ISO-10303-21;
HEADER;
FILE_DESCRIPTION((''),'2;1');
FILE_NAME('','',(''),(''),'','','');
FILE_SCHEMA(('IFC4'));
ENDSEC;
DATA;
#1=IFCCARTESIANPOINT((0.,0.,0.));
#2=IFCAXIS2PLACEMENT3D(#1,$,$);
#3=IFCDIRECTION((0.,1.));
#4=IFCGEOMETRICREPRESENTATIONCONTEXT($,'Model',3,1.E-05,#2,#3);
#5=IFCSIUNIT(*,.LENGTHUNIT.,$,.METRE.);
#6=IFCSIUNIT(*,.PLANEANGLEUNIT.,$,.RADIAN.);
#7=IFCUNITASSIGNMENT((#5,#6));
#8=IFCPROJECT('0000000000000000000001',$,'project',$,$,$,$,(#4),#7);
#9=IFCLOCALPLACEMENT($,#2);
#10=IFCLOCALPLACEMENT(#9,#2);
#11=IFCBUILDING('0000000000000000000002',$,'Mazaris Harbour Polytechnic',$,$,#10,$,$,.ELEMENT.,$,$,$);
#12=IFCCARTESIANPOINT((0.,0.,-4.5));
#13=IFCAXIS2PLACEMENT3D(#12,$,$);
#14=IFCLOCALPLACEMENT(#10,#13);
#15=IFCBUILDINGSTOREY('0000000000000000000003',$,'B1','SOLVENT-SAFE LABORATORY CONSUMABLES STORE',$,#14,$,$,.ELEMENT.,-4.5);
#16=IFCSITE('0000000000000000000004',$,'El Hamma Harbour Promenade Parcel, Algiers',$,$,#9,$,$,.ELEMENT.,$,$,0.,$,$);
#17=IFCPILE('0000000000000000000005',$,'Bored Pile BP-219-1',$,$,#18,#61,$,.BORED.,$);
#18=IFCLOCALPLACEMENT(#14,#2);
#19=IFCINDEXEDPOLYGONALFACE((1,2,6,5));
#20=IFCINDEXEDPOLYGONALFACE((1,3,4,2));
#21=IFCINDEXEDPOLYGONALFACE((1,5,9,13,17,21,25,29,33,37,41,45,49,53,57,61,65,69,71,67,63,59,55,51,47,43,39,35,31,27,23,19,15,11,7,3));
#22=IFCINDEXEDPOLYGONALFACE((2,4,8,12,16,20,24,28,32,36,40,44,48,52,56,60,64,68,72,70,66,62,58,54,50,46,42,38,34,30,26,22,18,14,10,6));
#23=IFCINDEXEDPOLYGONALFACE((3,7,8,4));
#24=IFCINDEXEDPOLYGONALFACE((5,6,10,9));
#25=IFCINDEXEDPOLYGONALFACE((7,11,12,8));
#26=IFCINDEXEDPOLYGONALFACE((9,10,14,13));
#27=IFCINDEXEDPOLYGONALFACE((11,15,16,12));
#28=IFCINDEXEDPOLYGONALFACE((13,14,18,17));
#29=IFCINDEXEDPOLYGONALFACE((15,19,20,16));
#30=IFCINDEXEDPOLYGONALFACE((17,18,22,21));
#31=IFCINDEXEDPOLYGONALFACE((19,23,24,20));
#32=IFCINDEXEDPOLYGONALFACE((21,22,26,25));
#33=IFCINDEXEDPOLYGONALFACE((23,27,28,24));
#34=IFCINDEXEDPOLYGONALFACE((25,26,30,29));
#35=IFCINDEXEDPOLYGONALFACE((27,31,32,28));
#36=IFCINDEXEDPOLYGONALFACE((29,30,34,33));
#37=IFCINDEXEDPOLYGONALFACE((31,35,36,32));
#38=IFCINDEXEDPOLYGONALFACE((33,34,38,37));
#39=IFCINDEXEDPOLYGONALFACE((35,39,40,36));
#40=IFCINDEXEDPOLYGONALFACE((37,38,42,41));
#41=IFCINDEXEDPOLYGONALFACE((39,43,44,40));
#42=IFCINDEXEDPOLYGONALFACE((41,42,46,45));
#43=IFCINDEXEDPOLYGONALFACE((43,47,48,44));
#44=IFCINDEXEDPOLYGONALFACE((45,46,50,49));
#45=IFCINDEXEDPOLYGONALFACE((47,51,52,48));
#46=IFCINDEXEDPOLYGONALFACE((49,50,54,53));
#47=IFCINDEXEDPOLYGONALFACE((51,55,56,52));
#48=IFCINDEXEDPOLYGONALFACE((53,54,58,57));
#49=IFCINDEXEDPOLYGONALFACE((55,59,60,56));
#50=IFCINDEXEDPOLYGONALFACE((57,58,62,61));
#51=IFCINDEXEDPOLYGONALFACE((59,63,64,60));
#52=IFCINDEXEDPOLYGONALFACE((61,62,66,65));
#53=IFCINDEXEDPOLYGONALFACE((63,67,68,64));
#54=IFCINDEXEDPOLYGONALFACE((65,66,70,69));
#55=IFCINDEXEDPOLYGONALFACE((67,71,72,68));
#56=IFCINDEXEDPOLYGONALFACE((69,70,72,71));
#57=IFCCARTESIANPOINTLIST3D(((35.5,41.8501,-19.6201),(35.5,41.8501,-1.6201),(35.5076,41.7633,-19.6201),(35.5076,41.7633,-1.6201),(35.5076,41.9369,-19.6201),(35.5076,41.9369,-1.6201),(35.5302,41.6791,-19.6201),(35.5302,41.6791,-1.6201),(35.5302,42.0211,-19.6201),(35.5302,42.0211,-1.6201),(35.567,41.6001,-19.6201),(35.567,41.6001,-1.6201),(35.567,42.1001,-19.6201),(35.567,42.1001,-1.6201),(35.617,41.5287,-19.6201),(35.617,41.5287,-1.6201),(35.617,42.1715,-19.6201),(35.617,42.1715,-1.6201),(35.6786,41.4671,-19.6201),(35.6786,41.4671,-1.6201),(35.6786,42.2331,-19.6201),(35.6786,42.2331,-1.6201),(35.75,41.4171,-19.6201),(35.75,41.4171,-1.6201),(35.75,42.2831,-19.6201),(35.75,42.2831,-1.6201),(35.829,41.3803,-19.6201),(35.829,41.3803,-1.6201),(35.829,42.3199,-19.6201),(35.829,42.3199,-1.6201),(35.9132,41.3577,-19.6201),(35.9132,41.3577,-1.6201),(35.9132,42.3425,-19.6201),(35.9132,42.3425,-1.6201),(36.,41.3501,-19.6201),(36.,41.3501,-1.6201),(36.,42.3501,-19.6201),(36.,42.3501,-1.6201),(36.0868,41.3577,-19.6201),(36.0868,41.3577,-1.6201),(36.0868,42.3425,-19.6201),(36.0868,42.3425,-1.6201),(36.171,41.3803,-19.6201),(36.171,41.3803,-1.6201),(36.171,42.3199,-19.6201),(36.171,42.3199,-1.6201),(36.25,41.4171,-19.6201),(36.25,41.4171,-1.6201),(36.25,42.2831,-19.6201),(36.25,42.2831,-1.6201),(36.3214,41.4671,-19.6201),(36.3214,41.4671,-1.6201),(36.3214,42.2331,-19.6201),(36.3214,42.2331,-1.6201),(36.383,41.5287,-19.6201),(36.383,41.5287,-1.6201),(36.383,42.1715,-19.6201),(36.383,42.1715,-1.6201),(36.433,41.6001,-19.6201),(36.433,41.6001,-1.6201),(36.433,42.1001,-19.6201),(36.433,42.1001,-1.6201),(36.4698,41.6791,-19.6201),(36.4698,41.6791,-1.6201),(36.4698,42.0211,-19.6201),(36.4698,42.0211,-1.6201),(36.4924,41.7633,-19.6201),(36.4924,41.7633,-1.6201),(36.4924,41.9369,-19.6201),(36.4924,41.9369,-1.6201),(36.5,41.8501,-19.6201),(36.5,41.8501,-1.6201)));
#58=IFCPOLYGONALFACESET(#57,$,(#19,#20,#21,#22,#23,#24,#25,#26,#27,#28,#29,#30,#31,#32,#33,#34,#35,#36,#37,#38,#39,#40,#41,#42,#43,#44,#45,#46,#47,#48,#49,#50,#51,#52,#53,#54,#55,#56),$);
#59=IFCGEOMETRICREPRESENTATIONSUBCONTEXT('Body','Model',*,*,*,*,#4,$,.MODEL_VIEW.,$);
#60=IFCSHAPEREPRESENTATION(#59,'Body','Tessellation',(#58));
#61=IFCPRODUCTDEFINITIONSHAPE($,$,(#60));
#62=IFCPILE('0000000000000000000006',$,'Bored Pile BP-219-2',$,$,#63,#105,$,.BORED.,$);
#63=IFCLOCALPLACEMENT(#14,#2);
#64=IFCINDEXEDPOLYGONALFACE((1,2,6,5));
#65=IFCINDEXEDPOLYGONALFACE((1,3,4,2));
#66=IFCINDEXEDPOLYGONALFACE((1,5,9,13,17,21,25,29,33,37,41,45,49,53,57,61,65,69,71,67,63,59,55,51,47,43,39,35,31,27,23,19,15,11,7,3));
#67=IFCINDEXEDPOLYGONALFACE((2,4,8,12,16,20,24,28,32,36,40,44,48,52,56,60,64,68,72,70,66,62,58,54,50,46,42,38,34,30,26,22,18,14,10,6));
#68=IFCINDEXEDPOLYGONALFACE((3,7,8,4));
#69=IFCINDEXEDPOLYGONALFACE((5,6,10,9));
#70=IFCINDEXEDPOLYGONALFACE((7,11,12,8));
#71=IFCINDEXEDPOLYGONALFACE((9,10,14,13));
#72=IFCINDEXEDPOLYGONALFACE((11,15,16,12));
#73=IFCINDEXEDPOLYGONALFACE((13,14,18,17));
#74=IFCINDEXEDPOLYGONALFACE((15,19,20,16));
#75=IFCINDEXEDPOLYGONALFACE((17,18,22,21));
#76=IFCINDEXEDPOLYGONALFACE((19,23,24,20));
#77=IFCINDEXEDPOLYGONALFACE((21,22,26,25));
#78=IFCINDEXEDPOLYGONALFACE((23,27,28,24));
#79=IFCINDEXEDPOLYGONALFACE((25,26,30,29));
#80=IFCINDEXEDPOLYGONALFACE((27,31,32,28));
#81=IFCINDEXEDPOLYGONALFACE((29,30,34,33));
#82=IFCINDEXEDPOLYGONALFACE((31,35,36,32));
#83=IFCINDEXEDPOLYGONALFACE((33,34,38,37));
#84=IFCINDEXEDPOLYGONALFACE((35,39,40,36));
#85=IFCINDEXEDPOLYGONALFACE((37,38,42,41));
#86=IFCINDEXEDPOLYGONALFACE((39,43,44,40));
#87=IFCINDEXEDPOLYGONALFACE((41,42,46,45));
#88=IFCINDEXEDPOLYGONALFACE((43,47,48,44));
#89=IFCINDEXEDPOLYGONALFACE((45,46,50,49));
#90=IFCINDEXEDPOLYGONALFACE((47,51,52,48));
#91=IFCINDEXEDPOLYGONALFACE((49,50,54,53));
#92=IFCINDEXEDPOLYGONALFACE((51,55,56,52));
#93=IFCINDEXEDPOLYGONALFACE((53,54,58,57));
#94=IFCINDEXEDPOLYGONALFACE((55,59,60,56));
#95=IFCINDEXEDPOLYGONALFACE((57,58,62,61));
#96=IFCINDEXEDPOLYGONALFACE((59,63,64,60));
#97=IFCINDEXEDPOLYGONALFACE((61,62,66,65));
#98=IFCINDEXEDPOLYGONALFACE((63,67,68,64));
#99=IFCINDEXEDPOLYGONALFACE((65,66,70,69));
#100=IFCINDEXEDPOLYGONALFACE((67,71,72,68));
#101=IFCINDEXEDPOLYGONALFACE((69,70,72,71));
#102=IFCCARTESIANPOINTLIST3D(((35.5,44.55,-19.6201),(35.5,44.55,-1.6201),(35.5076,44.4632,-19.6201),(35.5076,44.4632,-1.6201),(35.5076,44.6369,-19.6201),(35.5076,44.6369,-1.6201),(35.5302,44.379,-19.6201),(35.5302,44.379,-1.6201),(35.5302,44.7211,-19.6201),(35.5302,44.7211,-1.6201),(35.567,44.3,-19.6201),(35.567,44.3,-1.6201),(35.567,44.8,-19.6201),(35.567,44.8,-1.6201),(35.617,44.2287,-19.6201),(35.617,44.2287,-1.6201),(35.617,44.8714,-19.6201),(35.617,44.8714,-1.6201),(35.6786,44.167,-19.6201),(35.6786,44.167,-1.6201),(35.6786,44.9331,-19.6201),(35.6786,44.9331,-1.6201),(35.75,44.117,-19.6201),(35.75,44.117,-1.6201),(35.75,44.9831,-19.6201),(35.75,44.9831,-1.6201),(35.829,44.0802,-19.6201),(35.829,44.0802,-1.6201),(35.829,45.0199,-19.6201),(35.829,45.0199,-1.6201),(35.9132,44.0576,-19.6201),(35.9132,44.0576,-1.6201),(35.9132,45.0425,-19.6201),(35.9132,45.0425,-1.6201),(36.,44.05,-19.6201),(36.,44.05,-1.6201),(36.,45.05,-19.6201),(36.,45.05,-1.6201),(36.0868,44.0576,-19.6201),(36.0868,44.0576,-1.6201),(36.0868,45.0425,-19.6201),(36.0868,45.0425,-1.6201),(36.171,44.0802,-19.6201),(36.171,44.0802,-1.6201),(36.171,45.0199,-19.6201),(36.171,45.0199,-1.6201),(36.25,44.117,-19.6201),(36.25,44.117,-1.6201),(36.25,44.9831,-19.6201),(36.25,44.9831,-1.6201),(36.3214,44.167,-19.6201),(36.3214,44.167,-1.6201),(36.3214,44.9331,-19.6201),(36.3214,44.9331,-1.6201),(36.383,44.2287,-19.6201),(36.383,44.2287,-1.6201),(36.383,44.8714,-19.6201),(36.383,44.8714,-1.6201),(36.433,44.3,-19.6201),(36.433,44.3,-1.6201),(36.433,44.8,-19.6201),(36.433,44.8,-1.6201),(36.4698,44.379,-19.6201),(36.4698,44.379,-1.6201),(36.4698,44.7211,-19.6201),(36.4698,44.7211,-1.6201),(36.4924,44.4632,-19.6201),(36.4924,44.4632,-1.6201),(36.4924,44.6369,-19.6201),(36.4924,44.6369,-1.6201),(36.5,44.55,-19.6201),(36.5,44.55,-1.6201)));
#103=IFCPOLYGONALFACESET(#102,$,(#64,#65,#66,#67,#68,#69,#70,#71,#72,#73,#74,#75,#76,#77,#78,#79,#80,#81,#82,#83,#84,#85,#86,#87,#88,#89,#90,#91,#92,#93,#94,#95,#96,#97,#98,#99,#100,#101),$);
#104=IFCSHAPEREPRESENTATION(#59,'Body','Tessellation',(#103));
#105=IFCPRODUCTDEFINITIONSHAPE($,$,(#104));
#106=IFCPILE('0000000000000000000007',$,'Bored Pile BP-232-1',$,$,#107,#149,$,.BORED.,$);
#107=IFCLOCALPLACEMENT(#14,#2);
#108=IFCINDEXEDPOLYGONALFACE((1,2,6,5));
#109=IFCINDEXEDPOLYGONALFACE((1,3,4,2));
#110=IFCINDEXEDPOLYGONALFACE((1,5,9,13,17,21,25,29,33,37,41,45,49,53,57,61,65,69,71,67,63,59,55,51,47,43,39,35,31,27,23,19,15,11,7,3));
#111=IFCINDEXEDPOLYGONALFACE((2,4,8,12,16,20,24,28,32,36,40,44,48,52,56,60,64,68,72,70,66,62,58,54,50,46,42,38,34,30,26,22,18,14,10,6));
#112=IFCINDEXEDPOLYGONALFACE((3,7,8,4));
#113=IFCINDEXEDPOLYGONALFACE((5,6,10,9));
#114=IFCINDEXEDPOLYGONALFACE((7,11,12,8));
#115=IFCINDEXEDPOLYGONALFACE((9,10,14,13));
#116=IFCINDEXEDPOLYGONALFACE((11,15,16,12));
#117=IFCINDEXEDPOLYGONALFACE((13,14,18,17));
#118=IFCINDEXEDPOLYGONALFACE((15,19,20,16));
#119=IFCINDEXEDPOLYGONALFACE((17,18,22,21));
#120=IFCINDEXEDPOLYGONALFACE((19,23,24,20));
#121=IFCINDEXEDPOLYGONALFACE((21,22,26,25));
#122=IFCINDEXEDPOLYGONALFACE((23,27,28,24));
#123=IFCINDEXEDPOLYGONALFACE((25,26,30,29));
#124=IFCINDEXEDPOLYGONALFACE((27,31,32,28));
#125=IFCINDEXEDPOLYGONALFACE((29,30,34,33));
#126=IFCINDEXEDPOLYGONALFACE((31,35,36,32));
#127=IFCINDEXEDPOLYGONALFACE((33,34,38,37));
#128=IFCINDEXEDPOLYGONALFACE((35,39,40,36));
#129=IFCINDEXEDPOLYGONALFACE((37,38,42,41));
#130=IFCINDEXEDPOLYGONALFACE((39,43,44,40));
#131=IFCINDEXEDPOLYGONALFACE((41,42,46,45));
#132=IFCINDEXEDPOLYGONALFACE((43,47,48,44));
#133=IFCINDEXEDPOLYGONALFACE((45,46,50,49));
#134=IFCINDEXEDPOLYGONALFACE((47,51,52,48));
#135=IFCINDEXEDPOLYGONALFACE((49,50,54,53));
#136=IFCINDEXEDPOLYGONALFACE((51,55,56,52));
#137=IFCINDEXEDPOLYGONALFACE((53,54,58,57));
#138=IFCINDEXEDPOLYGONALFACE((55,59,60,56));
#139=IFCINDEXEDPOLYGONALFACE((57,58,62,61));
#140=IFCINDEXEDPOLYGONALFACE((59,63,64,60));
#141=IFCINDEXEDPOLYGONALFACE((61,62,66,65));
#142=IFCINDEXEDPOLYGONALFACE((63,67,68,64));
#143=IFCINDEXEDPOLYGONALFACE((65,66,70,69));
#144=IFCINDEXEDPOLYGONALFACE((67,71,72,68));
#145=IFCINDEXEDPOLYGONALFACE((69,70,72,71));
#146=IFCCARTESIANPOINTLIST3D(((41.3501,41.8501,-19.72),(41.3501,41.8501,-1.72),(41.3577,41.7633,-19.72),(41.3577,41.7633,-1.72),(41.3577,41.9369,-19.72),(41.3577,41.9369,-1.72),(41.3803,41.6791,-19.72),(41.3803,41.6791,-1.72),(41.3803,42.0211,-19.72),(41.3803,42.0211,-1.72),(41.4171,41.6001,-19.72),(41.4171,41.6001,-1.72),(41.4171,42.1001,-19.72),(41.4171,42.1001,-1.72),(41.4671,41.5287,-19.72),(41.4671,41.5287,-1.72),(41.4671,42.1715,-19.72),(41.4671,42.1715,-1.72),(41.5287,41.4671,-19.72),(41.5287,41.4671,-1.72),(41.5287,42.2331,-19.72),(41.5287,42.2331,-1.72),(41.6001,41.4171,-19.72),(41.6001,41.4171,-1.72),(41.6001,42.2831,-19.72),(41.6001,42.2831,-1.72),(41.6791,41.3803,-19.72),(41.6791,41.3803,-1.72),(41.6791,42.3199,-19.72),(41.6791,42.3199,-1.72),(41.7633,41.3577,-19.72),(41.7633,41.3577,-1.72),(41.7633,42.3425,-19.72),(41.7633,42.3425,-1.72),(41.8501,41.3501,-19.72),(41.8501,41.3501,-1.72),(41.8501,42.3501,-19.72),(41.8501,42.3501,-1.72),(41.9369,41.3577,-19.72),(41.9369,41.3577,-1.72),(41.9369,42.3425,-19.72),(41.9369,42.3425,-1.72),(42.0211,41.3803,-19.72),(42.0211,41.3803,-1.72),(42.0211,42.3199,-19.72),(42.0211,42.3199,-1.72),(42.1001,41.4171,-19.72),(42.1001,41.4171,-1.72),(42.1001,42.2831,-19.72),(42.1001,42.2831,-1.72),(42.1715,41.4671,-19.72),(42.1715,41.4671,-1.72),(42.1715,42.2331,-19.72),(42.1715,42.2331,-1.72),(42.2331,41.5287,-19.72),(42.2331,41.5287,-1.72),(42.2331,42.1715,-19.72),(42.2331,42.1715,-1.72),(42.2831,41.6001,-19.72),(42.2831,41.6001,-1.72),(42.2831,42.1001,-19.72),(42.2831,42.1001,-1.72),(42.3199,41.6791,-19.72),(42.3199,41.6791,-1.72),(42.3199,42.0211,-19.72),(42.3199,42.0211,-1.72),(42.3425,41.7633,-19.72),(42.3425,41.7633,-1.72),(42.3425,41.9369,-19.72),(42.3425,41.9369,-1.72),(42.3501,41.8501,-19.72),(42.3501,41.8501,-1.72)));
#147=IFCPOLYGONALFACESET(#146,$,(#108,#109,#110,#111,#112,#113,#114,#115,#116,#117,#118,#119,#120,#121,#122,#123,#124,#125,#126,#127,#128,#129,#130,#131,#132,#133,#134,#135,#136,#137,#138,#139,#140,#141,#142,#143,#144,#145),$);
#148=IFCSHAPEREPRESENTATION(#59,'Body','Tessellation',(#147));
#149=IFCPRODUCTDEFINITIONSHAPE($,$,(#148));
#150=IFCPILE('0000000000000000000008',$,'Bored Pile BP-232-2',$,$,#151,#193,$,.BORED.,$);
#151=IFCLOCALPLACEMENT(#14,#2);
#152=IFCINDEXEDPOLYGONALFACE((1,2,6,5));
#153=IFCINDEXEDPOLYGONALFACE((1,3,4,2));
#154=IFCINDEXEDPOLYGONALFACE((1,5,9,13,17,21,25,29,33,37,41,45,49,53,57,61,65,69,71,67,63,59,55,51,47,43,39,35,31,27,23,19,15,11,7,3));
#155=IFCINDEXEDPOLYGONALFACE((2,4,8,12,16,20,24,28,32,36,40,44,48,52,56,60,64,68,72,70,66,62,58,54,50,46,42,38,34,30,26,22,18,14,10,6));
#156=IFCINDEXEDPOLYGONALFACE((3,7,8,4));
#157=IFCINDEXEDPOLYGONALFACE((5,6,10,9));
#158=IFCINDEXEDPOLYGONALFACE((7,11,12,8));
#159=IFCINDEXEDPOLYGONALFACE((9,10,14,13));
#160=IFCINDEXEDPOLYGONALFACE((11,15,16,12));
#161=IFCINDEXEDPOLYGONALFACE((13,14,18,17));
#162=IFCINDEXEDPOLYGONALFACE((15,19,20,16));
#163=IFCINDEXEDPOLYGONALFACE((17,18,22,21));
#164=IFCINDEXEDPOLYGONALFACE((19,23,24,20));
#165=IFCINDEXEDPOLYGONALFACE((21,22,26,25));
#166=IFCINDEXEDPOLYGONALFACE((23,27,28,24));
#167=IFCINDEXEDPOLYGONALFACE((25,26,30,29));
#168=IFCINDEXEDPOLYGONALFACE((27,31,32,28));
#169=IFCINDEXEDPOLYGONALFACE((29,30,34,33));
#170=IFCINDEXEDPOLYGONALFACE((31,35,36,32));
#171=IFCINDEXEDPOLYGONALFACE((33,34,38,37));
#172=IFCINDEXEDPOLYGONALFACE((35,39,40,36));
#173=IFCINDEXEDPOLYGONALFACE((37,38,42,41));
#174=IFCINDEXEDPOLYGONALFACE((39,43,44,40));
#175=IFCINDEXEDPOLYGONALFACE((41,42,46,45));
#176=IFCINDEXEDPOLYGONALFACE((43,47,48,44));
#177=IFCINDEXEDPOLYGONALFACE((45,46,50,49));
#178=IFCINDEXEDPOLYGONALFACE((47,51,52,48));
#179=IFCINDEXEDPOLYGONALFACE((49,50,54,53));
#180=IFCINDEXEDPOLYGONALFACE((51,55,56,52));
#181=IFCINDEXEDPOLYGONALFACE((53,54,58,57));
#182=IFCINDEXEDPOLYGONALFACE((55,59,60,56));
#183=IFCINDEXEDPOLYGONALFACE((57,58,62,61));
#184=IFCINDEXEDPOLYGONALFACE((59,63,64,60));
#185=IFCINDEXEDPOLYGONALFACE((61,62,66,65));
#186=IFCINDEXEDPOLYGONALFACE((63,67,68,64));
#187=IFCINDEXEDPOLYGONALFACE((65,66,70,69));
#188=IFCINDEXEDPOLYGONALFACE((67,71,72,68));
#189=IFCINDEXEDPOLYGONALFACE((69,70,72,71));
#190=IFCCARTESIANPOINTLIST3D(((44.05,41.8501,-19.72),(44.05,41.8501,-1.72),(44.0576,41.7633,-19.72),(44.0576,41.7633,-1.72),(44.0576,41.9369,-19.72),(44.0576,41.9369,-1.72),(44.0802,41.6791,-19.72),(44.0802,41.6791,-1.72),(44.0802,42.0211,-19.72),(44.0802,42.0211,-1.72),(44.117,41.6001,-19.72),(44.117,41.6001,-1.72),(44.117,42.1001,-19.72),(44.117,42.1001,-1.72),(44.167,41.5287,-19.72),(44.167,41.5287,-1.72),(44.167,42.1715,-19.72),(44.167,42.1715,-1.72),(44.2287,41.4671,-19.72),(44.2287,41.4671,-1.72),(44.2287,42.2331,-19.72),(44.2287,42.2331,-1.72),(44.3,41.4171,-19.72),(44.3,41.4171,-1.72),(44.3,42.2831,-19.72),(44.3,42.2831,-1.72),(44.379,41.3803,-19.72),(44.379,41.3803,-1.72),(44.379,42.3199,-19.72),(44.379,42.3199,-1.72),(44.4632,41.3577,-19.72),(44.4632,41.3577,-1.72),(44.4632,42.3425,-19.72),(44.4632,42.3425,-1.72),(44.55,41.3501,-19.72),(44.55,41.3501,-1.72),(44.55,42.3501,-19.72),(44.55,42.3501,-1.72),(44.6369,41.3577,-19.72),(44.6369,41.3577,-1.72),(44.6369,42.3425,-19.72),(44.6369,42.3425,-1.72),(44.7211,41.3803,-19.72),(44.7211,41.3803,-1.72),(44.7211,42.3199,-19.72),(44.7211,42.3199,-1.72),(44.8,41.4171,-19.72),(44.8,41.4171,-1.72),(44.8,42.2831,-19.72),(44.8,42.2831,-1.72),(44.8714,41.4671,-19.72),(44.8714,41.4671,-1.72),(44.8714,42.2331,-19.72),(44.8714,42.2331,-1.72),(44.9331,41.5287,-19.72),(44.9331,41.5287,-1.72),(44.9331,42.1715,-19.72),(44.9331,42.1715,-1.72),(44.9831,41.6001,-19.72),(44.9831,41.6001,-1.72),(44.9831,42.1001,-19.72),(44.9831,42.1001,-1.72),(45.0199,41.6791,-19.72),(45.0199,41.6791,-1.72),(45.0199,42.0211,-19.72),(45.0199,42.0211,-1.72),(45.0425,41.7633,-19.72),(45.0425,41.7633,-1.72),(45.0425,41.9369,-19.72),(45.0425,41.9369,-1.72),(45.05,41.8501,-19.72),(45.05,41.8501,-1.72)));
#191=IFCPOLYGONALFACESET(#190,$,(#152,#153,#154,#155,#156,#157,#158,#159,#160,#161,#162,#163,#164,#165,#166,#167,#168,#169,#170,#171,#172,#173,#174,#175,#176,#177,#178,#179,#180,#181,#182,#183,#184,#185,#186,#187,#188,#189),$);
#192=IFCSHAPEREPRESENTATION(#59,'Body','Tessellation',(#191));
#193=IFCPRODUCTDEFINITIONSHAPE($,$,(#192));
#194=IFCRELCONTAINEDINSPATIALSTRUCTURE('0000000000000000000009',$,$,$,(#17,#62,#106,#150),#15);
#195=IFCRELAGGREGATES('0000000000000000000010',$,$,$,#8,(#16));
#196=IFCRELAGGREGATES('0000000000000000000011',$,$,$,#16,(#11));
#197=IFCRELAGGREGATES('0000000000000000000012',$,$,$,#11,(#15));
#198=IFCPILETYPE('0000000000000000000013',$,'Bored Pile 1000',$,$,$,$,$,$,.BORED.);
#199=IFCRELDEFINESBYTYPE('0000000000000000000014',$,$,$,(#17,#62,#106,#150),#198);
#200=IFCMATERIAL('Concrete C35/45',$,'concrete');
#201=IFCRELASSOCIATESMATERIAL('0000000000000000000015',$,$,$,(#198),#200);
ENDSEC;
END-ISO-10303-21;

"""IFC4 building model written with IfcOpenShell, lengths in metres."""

from ifc_helpers import new_model, si_unit, direction, frame, origin, origin_2d, place, context, subcontext, project, spatial, circle, extrude, material, material_profile, profile_set, type_object, element, save


model = new_model("IFC4")

# Units and contexts
model_context = context("Model", 3, precision=1e-05, world=origin(), true_north=direction((0.0, 1.0)))
body_context = subcontext(model_context, "Body", "Model", "MODEL_VIEW")
ifc_project = project(units=[si_unit("LENGTHUNIT", "METRE"), si_unit("PLANEANGLEUNIT", "RADIAN")], contexts=[model_context])

# Site, building, storey
site_placement = place(None, origin())
site = spatial("IfcSite", under=ifc_project, at=site_placement, Name="El Hamma Harbour Promenade Parcel, Algiers", CompositionType="ELEMENT", RefElevation=0.0)
building_placement = place(site_placement, origin())
building = spatial("IfcBuilding", under=site, at=building_placement, Name="Mazaris Harbour Polytechnic", CompositionType="ELEMENT")
storey_placement = place(building_placement, frame((0.0, 0.0, -4.5)))
storey = spatial("IfcBuildingStorey", under=building, at=storey_placement, Name="B1", Description="SOLVENT-SAFE LABORATORY CONSUMABLES STORE", CompositionType="ELEMENT", Elevation=-4.5)

# Piles
ifc_material_1 = material(Name="Concrete C35/45", Category="concrete")
ifc_material_profile_1 = material_profile(ifc_material_1, circle(Radius=0.5, at=origin_2d()), Name="DIA1000")
ifc_profile_set_1 = profile_set([ifc_material_profile_1], Name="Concrete C35/45")
pile_type_1 = type_object("IfcPileType", Name="Bored Pile 1000", PredefinedType="BORED", material=ifc_profile_set_1)
for number, where, z_axis, x_axis, name in (
    (1, (36.0, 41.8501, -1.6201), (0.0, 0.0, -1.0), (1.0, 0.0, 0.0), "Bored Pile BP-219-1"),
    (2, (36.0, 44.55, -1.6201), (0.0, 0.0, -1.0), (1.0, 0.0, 0.0), "Bored Pile BP-219-2"),
    (3, (41.8501, 41.8501, -1.72), (0.0, 0.0, -1.0), (1.0, 0.0, 0.0), "Bored Pile BP-232-1"),
    (4, (44.55, 41.8501, -1.72), (0.0, 0.0, -1.0), (1.0, 0.0, 0.0), "Bored Pile BP-232-2"),
):
    element("IfcPile", number, at=place(storey_placement, frame(where, z_axis=z_axis, x_axis=x_axis)), inside=storey, type_object=pile_type_1, Name=name, PredefinedType="BORED", context=body_context, shape_type="SweptSolid", body=[
        extrude(circle(Radius=0.5, at=origin_2d()), origin(), (0.0, 0.0, 1.0), 18.0),
    ])

save(model, "model.ifc")
